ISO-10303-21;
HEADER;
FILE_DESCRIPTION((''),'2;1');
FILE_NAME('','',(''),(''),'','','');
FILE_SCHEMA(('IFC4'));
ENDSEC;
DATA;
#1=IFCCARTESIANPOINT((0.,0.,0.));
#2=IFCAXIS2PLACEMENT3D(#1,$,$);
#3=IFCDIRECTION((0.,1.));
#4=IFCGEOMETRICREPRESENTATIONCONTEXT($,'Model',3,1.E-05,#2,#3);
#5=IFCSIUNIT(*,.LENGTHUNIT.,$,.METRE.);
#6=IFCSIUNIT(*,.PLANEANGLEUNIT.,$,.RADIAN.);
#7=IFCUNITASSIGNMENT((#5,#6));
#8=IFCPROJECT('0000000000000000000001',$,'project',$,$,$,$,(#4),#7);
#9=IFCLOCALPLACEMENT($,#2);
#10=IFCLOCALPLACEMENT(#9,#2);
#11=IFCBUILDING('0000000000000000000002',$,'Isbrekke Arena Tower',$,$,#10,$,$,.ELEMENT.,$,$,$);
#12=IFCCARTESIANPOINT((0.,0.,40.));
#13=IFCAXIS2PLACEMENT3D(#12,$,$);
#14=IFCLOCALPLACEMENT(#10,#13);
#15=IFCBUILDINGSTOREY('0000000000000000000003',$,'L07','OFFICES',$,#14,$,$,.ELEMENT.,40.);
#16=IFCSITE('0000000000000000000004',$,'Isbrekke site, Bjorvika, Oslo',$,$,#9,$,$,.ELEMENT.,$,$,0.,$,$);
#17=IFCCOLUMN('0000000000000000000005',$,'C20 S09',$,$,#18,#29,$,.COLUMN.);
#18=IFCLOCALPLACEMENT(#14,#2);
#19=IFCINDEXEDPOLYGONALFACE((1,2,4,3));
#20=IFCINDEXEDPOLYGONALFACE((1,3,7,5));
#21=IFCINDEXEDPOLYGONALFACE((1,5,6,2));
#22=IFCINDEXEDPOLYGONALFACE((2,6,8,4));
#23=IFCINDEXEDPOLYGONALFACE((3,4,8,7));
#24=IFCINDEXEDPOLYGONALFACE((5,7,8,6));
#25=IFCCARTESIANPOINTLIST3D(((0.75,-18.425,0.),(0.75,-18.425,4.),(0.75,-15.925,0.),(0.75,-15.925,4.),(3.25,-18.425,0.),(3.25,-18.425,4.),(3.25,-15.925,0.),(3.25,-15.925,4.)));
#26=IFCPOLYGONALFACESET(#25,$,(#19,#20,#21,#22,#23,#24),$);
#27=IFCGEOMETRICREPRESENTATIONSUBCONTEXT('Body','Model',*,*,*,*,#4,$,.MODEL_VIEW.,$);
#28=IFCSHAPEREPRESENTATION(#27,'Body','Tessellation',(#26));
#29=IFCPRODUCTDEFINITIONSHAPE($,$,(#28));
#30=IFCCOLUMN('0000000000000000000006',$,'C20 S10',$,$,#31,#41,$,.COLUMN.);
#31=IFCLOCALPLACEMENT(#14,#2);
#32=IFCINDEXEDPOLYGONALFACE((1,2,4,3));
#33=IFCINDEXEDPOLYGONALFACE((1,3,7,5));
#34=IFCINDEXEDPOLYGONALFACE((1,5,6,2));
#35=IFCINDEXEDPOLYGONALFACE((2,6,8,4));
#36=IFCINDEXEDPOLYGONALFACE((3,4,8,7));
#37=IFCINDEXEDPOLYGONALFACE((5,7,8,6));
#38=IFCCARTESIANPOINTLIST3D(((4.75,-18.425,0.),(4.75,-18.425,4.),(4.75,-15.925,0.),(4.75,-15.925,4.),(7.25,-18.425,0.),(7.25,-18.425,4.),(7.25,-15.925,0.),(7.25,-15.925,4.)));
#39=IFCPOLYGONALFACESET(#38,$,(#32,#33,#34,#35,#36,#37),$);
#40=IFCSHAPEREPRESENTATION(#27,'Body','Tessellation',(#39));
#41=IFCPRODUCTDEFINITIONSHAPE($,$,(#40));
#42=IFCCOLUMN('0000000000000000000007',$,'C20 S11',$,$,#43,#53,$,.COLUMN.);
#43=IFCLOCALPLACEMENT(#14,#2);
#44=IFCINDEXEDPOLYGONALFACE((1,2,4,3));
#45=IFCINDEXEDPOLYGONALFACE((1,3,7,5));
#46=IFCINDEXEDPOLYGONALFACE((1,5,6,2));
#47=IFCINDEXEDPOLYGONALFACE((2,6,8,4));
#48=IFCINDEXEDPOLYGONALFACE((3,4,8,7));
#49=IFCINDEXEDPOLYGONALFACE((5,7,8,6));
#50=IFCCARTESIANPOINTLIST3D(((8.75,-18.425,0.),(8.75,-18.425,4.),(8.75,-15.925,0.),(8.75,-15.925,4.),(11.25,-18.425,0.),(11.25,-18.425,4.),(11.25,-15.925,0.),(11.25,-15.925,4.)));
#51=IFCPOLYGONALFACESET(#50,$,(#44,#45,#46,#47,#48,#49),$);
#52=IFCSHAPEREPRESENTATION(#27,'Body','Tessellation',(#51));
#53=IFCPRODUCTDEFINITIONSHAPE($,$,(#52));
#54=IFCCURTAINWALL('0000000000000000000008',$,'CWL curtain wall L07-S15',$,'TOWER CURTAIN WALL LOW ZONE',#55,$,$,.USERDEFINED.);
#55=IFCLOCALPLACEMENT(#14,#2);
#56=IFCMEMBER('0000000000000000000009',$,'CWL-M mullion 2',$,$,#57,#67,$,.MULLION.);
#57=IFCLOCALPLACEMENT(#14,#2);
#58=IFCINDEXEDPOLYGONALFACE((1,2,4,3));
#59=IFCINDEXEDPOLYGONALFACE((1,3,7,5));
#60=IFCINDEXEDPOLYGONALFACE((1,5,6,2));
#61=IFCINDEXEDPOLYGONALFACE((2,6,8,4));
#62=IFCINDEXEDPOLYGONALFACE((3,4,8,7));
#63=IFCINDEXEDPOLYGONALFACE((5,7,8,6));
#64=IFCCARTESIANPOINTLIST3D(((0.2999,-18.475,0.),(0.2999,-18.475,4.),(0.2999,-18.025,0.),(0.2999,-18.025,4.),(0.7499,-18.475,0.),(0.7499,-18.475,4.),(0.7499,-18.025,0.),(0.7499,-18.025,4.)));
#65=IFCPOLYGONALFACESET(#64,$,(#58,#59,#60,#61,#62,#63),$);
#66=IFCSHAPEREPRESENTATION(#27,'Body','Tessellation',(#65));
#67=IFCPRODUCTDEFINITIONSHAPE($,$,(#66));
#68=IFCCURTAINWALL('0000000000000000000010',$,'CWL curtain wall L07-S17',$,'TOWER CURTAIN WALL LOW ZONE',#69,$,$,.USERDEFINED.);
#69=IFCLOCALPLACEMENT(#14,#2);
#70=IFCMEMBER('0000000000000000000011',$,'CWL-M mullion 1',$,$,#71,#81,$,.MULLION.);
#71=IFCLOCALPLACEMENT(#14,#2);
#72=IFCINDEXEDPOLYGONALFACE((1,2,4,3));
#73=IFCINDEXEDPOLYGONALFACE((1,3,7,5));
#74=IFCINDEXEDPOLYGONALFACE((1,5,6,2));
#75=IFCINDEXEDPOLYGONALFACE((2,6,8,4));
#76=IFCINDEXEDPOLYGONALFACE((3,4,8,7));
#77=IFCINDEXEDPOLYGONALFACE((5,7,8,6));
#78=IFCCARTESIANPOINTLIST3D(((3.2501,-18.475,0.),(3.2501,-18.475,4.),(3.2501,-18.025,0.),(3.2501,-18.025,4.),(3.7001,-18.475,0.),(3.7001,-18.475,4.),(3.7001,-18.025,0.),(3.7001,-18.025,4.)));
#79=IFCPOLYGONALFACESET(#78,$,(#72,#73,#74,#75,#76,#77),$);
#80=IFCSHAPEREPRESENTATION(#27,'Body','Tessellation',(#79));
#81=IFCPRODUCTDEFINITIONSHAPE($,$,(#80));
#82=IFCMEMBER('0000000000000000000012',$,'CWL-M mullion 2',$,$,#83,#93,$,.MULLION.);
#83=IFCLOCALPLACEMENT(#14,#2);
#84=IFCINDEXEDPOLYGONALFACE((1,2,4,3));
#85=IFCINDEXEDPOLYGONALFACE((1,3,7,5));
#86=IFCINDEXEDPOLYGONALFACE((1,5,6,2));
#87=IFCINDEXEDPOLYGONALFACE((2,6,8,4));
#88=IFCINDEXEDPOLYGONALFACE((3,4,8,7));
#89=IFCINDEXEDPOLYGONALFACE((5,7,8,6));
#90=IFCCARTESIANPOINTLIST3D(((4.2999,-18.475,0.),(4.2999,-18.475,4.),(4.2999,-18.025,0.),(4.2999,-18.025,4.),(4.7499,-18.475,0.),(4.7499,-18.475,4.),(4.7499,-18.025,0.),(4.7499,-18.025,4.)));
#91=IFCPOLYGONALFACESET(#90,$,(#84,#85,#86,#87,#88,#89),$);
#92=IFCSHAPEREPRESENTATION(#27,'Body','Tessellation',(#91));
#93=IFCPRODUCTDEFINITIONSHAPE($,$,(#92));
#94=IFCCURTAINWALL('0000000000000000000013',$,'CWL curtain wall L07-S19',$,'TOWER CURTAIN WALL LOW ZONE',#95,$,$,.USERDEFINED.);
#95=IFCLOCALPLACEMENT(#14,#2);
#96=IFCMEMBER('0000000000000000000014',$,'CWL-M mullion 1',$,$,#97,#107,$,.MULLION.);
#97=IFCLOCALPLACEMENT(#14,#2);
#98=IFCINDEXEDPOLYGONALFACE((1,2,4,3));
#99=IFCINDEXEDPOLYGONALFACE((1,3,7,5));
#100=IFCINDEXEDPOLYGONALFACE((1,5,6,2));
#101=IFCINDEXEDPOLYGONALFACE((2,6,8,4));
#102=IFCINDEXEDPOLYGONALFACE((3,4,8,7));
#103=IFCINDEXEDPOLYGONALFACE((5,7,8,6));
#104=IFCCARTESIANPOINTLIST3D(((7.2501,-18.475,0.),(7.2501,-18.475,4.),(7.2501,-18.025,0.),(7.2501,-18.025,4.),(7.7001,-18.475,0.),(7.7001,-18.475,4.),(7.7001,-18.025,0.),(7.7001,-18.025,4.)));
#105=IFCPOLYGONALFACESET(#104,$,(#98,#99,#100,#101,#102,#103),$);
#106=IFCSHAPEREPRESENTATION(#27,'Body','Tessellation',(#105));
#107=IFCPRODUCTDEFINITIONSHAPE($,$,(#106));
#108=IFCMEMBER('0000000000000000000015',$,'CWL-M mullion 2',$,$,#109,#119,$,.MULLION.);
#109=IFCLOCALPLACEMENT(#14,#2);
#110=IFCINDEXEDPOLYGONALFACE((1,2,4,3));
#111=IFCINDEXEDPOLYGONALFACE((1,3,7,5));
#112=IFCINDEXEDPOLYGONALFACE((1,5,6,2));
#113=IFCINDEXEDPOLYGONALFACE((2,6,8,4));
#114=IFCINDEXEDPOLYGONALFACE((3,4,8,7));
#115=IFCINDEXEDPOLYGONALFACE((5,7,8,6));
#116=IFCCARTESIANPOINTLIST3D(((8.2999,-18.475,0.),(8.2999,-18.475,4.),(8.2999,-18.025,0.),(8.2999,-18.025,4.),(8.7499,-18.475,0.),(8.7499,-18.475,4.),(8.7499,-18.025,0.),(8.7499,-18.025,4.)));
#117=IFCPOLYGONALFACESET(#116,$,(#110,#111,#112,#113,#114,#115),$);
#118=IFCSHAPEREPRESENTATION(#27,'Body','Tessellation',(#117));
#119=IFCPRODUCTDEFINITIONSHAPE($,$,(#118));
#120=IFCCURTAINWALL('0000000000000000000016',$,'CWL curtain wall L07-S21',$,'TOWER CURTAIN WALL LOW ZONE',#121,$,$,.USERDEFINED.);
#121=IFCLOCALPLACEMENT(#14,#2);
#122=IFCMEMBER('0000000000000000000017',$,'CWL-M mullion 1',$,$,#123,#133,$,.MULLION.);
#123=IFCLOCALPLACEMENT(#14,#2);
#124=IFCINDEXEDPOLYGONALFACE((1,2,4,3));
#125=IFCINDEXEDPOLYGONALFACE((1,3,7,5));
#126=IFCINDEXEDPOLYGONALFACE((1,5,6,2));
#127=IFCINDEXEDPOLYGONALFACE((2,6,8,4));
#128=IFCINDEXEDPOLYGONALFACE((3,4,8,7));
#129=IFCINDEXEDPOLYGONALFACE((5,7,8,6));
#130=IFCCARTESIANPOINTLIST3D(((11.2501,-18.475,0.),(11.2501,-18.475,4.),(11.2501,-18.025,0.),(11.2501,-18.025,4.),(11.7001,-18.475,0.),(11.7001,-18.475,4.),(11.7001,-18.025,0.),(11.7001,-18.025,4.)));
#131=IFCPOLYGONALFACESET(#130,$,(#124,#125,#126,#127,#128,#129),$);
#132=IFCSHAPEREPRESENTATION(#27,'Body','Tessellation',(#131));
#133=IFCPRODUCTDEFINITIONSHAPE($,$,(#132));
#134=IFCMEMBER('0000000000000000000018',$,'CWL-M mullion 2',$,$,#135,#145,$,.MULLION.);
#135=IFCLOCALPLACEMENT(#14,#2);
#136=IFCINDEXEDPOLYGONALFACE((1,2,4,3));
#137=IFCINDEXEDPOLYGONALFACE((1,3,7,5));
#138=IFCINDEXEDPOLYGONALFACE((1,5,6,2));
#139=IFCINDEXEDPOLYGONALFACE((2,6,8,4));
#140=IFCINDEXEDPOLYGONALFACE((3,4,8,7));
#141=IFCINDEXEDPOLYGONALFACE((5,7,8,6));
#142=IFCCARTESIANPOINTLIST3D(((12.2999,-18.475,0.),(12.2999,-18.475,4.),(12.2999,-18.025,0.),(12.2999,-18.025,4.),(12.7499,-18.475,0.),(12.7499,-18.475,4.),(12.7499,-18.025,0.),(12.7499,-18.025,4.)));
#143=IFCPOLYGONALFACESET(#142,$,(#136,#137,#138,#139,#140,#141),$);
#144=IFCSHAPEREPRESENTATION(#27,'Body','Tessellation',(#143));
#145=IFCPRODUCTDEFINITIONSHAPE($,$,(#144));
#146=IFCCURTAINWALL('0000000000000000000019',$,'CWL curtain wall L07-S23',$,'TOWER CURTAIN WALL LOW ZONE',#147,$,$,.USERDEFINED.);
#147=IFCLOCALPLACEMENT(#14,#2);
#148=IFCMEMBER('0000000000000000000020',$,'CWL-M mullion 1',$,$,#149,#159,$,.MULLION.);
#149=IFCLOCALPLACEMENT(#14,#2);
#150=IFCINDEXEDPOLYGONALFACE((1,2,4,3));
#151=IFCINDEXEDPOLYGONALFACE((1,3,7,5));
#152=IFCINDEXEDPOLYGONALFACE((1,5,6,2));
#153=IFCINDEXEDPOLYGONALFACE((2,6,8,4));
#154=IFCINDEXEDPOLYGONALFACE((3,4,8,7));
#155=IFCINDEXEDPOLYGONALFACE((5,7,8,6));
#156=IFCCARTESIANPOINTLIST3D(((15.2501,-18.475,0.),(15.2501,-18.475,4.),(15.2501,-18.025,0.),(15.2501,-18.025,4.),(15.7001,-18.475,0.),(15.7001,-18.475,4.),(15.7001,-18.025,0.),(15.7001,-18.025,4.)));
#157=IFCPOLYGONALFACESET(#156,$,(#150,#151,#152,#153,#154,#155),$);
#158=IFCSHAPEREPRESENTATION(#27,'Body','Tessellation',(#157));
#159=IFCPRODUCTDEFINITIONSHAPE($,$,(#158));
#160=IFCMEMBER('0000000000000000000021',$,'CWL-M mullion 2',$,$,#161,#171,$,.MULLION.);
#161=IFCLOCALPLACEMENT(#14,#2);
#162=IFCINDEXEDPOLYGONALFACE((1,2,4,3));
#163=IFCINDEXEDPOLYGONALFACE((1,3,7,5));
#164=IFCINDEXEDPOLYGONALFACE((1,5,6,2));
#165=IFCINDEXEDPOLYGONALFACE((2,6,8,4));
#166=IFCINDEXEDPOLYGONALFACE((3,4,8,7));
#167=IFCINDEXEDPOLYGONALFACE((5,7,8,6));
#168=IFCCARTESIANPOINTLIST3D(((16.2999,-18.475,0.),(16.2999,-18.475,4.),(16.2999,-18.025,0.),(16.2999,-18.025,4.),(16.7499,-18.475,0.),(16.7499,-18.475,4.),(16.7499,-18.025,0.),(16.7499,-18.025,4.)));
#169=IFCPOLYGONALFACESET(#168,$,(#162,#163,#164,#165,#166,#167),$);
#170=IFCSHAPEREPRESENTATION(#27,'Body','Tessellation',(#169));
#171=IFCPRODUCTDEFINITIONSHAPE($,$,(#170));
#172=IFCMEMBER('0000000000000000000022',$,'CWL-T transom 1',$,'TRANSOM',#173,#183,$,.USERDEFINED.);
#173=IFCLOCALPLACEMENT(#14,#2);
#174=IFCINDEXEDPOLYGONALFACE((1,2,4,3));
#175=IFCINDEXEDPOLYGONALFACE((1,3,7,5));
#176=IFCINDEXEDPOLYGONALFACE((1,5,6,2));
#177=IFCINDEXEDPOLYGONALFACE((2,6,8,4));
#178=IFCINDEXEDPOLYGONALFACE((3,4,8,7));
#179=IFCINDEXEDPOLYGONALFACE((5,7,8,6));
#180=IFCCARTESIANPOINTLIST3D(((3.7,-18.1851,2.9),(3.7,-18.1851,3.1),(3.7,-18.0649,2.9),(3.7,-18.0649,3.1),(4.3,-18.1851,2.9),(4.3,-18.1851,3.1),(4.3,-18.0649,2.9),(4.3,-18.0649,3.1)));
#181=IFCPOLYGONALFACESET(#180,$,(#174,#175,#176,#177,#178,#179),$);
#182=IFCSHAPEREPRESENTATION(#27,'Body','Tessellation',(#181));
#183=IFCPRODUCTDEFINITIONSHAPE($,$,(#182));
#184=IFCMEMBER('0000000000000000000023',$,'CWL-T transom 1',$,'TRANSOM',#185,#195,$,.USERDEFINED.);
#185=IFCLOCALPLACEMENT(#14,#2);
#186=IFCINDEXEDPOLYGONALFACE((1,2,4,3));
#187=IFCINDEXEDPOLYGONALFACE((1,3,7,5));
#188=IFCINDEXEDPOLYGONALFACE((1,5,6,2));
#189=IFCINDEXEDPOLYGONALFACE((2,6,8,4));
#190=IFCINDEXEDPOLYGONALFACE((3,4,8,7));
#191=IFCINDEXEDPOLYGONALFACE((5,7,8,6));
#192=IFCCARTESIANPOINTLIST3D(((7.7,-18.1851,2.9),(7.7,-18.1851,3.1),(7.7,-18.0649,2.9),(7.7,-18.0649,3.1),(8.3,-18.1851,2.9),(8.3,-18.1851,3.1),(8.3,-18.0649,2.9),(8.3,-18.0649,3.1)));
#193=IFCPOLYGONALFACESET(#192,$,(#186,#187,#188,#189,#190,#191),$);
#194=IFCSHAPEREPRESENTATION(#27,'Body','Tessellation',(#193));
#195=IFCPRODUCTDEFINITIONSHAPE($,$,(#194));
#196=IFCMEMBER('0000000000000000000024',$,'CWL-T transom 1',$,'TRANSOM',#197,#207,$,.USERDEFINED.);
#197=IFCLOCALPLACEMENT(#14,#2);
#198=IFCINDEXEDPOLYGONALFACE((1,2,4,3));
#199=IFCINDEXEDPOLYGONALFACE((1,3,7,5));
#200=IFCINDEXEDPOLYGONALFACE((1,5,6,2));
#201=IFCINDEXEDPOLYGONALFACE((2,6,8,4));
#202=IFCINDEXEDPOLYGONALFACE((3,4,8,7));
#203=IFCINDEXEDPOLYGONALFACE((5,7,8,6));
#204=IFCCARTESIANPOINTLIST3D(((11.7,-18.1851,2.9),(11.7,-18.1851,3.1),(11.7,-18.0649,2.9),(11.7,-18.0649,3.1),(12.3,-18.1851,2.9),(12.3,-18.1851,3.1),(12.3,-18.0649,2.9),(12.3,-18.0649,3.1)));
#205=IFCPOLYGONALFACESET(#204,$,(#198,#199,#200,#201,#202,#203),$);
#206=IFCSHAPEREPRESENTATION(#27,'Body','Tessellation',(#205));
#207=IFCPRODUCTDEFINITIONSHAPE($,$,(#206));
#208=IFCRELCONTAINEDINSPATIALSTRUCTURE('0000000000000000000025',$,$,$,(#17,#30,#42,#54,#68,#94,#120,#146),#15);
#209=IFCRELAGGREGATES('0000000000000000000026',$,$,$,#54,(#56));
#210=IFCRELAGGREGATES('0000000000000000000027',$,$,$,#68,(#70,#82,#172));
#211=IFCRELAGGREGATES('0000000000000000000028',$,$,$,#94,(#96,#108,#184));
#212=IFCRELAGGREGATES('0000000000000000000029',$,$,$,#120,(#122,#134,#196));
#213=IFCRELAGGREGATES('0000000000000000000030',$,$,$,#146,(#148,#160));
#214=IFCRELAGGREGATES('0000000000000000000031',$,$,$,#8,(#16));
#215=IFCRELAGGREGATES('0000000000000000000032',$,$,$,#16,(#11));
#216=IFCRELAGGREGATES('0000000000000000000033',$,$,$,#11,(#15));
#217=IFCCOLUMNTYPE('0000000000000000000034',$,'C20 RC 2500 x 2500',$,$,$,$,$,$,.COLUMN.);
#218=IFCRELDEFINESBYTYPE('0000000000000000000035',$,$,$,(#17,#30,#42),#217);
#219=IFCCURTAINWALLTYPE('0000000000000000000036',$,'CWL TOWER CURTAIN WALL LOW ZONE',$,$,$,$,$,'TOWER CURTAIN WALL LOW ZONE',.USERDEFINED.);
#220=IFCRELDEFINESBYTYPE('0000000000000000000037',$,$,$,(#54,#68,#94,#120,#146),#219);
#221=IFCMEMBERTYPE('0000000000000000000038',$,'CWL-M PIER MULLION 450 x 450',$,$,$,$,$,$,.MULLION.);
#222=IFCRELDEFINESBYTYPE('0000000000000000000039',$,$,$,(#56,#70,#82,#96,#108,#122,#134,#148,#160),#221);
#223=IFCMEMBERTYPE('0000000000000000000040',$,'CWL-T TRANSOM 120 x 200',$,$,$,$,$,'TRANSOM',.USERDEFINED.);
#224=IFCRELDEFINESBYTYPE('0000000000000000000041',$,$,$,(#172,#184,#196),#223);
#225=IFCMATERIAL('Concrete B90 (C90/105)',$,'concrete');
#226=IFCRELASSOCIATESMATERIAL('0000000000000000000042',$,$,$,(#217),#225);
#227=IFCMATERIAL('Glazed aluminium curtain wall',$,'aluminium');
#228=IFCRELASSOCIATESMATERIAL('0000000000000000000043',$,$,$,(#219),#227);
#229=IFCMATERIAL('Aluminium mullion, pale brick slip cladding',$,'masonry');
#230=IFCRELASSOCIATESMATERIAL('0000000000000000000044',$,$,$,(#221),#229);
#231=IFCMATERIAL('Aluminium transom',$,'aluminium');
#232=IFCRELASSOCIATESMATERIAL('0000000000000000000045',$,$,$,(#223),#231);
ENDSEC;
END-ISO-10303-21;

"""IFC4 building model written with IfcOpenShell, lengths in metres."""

from ifc_helpers import new_model, si_unit, direction, frame, origin, origin_2d, place, context, subcontext, project, spatial, rectangle, extrude, material, material_profile, profile_set, type_object, element, aggregate, save


model = new_model("IFC4")

# Units and contexts
model_context = context("Model", 3, precision=1e-05, world=origin(), true_north=direction((0.0, 1.0)))
body_context = subcontext(model_context, "Body", "Model", "MODEL_VIEW")
ifc_project = project(units=[si_unit("LENGTHUNIT", "METRE"), si_unit("PLANEANGLEUNIT", "RADIAN")], contexts=[model_context])

# Site, building, storey
site_placement = place(None, origin())
site = spatial("IfcSite", under=ifc_project, at=site_placement, Name="Isbrekke site, Bjorvika, Oslo", CompositionType="ELEMENT", RefElevation=0.0)
building_placement = place(site_placement, origin())
building = spatial("IfcBuilding", under=site, at=building_placement, Name="Isbrekke Arena Tower", CompositionType="ELEMENT")
storey_placement = place(building_placement, frame((0.0, 0.0, 40.0)))
storey = spatial("IfcBuildingStorey", under=building, at=storey_placement, Name="L07", Description="OFFICES", CompositionType="ELEMENT", Elevation=40.0)

# Columns
ifc_material_1 = material(Name="Concrete B90 (C90/105)", Category="concrete")
ifc_material_profile_1 = material_profile(ifc_material_1, rectangle(XDim=2.5, YDim=2.5, at=origin_2d()), Name="RC 2500x2500")
ifc_profile_set_1 = profile_set([ifc_material_profile_1], Name="Concrete B90 (C90/105)")
column_type = type_object("IfcColumnType", Name="C20 RC 2500 x 2500", PredefinedType="COLUMN", material=ifc_profile_set_1)
for number, where, z_axis, x_axis, name in (
    (1, (2.0, -17.175, 0.0), (0.0, 0.0, 1.0), (1.0, 0.0, 0.0), "C20 S09"),
    (2, (6.0, -17.175, 0.0), (0.0, 0.0, 1.0), (1.0, 0.0, 0.0), "C20 S10"),
    (3, (10.0, -17.175, 0.0), (0.0, 0.0, 1.0), (1.0, 0.0, 0.0), "C20 S11"),
):
    element("IfcColumn", number, at=place(storey_placement, frame(where, z_axis=z_axis, x_axis=x_axis)), inside=storey, type_object=column_type, Name=name, PredefinedType="COLUMN", context=body_context, shape_type="SweptSolid", body=[
        extrude(rectangle(XDim=2.5, YDim=2.5, at=origin_2d()), origin(), (0.0, 0.0, 1.0), 4.0),
    ])

# Curtain wall, member
ifc_material_2 = material(Name="Glazed aluminium curtain wall", Category="aluminium")
curtain_wall_type = type_object("IfcCurtainWallType", Name="CWL TOWER CURTAIN WALL LOW ZONE", ElementType="TOWER CURTAIN WALL LOW ZONE", PredefinedType="USERDEFINED", material=ifc_material_2)
curtain_wall_1_placement = place(storey_placement, origin())
curtain_wall_1 = element("IfcCurtainWall", 4, at=curtain_wall_1_placement, inside=storey, type_object=curtain_wall_type, Name="CWL curtain wall L07-S15", ObjectType="TOWER CURTAIN WALL LOW ZONE", PredefinedType="USERDEFINED")
ifc_material_3 = material(Name="Aluminium mullion, pale brick slip cladding", Category="masonry")
ifc_material_profile_2 = material_profile(ifc_material_3, rectangle(XDim=0.45, YDim=0.45, at=origin_2d()), Name="PIER 450X450")
ifc_profile_set_2 = profile_set([ifc_material_profile_2], Name="Aluminium mullion, pale brick slip cladding")
member_type_1 = type_object("IfcMemberType", Name="CWL-M PIER MULLION 450 x 450", PredefinedType="MULLION", material=ifc_profile_set_2)
member_1_placement = place(storey_placement, frame((0.5249, -18.25, 0.0), z_axis=(0.0, 0.0, 1.0), x_axis=(1.0, 0.0, 0.0)))
member_1 = element("IfcMember", 5, at=member_1_placement, type_object=member_type_1, Name="CWL-M mullion 2", PredefinedType="MULLION", context=body_context, shape_type="SweptSolid", body=[
    extrude(rectangle(XDim=0.45, YDim=0.45, at=origin_2d()), origin(), (0.0, 0.0, 1.0), 4.0),
])

# Curtain walls, members
curtain_wall_2_placement = place(storey_placement, origin())
curtain_wall_2 = element("IfcCurtainWall", 6, at=curtain_wall_2_placement, inside=storey, type_object=curtain_wall_type, Name="CWL curtain wall L07-S17", ObjectType="TOWER CURTAIN WALL LOW ZONE", PredefinedType="USERDEFINED")
member_2_placement = place(storey_placement, frame((3.4751, -18.25, 0.0), z_axis=(0.0, 0.0, 1.0), x_axis=(1.0, 0.0, 0.0)))
member_2 = element("IfcMember", 7, at=member_2_placement, type_object=member_type_1, Name="CWL-M mullion 1", PredefinedType="MULLION", context=body_context, shape_type="SweptSolid", body=[
    extrude(rectangle(XDim=0.45, YDim=0.45, at=origin_2d()), origin(), (0.0, 0.0, 1.0), 4.0),
])
member_3_placement = place(storey_placement, frame((4.5249, -18.25, 0.0), z_axis=(0.0, 0.0, 1.0), x_axis=(1.0, 0.0, 0.0)))
member_3 = element("IfcMember", 8, at=member_3_placement, type_object=member_type_1, Name="CWL-M mullion 2", PredefinedType="MULLION", context=body_context, shape_type="SweptSolid", body=[
    extrude(rectangle(XDim=0.45, YDim=0.45, at=origin_2d()), origin(), (0.0, 0.0, 1.0), 4.0),
])
curtain_wall_3_placement = place(storey_placement, origin())
curtain_wall_3 = element("IfcCurtainWall", 9, at=curtain_wall_3_placement, inside=storey, type_object=curtain_wall_type, Name="CWL curtain wall L07-S19", ObjectType="TOWER CURTAIN WALL LOW ZONE", PredefinedType="USERDEFINED")
member_4_placement = place(storey_placement, frame((7.4751, -18.25, 0.0), z_axis=(0.0, 0.0, 1.0), x_axis=(1.0, 0.0, 0.0)))
member_4 = element("IfcMember", 10, at=member_4_placement, type_object=member_type_1, Name="CWL-M mullion 1", PredefinedType="MULLION", context=body_context, shape_type="SweptSolid", body=[
    extrude(rectangle(XDim=0.45, YDim=0.45, at=origin_2d()), origin(), (0.0, 0.0, 1.0), 4.0),
])
member_5_placement = place(storey_placement, frame((8.5249, -18.25, 0.0), z_axis=(0.0, 0.0, 1.0), x_axis=(1.0, 0.0, 0.0)))
member_5 = element("IfcMember", 11, at=member_5_placement, type_object=member_type_1, Name="CWL-M mullion 2", PredefinedType="MULLION", context=body_context, shape_type="SweptSolid", body=[
    extrude(rectangle(XDim=0.45, YDim=0.45, at=origin_2d()), origin(), (0.0, 0.0, 1.0), 4.0),
])
curtain_wall_4_placement = place(storey_placement, origin())
curtain_wall_4 = element("IfcCurtainWall", 12, at=curtain_wall_4_placement, inside=storey, type_object=curtain_wall_type, Name="CWL curtain wall L07-S21", ObjectType="TOWER CURTAIN WALL LOW ZONE", PredefinedType="USERDEFINED")
member_6_placement = place(storey_placement, frame((11.4751, -18.25, 0.0), z_axis=(0.0, 0.0, 1.0), x_axis=(1.0, 0.0, 0.0)))
member_6 = element("IfcMember", 13, at=member_6_placement, type_object=member_type_1, Name="CWL-M mullion 1", PredefinedType="MULLION", context=body_context, shape_type="SweptSolid", body=[
    extrude(rectangle(XDim=0.45, YDim=0.45, at=origin_2d()), origin(), (0.0, 0.0, 1.0), 4.0),
])
member_7_placement = place(storey_placement, frame((12.5249, -18.25, 0.0), z_axis=(0.0, 0.0, 1.0), x_axis=(1.0, 0.0, 0.0)))
member_7 = element("IfcMember", 14, at=member_7_placement, type_object=member_type_1, Name="CWL-M mullion 2", PredefinedType="MULLION", context=body_context, shape_type="SweptSolid", body=[
    extrude(rectangle(XDim=0.45, YDim=0.45, at=origin_2d()), origin(), (0.0, 0.0, 1.0), 4.0),
])
curtain_wall_5_placement = place(storey_placement, origin())
curtain_wall_5 = element("IfcCurtainWall", 15, at=curtain_wall_5_placement, inside=storey, type_object=curtain_wall_type, Name="CWL curtain wall L07-S23", ObjectType="TOWER CURTAIN WALL LOW ZONE", PredefinedType="USERDEFINED")
member_8_placement = place(storey_placement, frame((15.4751, -18.25, 0.0), z_axis=(0.0, 0.0, 1.0), x_axis=(1.0, 0.0, 0.0)))
member_8 = element("IfcMember", 16, at=member_8_placement, type_object=member_type_1, Name="CWL-M mullion 1", PredefinedType="MULLION", context=body_context, shape_type="SweptSolid", body=[
    extrude(rectangle(XDim=0.45, YDim=0.45, at=origin_2d()), origin(), (0.0, 0.0, 1.0), 4.0),
])
member_9_placement = place(storey_placement, frame((16.5249, -18.25, 0.0), z_axis=(0.0, 0.0, 1.0), x_axis=(1.0, 0.0, 0.0)))
member_9 = element("IfcMember", 17, at=member_9_placement, type_object=member_type_1, Name="CWL-M mullion 2", PredefinedType="MULLION", context=body_context, shape_type="SweptSolid", body=[
    extrude(rectangle(XDim=0.45, YDim=0.45, at=origin_2d()), origin(), (0.0, 0.0, 1.0), 4.0),
])

# Members
ifc_material_4 = material(Name="Aluminium transom", Category="aluminium")
ifc_material_profile_3 = material_profile(ifc_material_4, rectangle(XDim=0.1201, YDim=0.2, at=origin_2d()), Name="TRANSOM 120X200")
ifc_profile_set_3 = profile_set([ifc_material_profile_3], Name="Aluminium transom")
member_type_2 = type_object("IfcMemberType", Name="CWL-T TRANSOM 120 x 200", ElementType="TRANSOM", PredefinedType="USERDEFINED", material=ifc_profile_set_3)
member_10_placement = place(storey_placement, frame((3.7, -18.125, 3.0), z_axis=(1.0, 0.0, 0.0), x_axis=(0.0, 1.0, 0.0)))
member_10 = element("IfcMember", 18, at=member_10_placement, type_object=member_type_2, Name="CWL-T transom 1", ObjectType="TRANSOM", PredefinedType="USERDEFINED", context=body_context, shape_type="SweptSolid", body=[
    extrude(rectangle(XDim=0.1201, YDim=0.2, at=origin_2d()), origin(), (0.0, 0.0, 1.0), 0.6001),
])
member_11_placement = place(storey_placement, frame((7.7, -18.125, 3.0), z_axis=(1.0, 0.0, 0.0), x_axis=(0.0, 1.0, 0.0)))
member_11 = element("IfcMember", 19, at=member_11_placement, type_object=member_type_2, Name="CWL-T transom 1", ObjectType="TRANSOM", PredefinedType="USERDEFINED", context=body_context, shape_type="SweptSolid", body=[
    extrude(rectangle(XDim=0.1201, YDim=0.2, at=origin_2d()), origin(), (0.0, 0.0, 1.0), 0.6001),
])
member_12_placement = place(storey_placement, frame((11.7, -18.125, 3.0), z_axis=(1.0, 0.0, 0.0), x_axis=(0.0, 1.0, 0.0)))
member_12 = element("IfcMember", 20, at=member_12_placement, type_object=member_type_2, Name="CWL-T transom 1", ObjectType="TRANSOM", PredefinedType="USERDEFINED", context=body_context, shape_type="SweptSolid", body=[
    extrude(rectangle(XDim=0.1201, YDim=0.2, at=origin_2d()), origin(), (0.0, 0.0, 1.0), 0.6001),
])

aggregate(curtain_wall_1, [member_1])
aggregate(curtain_wall_2, [member_2, member_3, member_10])
aggregate(curtain_wall_3, [member_4, member_5, member_11])
aggregate(curtain_wall_4, [member_6, member_7, member_12])
aggregate(curtain_wall_5, [member_8, member_9])

save(model, "model.ifc")
